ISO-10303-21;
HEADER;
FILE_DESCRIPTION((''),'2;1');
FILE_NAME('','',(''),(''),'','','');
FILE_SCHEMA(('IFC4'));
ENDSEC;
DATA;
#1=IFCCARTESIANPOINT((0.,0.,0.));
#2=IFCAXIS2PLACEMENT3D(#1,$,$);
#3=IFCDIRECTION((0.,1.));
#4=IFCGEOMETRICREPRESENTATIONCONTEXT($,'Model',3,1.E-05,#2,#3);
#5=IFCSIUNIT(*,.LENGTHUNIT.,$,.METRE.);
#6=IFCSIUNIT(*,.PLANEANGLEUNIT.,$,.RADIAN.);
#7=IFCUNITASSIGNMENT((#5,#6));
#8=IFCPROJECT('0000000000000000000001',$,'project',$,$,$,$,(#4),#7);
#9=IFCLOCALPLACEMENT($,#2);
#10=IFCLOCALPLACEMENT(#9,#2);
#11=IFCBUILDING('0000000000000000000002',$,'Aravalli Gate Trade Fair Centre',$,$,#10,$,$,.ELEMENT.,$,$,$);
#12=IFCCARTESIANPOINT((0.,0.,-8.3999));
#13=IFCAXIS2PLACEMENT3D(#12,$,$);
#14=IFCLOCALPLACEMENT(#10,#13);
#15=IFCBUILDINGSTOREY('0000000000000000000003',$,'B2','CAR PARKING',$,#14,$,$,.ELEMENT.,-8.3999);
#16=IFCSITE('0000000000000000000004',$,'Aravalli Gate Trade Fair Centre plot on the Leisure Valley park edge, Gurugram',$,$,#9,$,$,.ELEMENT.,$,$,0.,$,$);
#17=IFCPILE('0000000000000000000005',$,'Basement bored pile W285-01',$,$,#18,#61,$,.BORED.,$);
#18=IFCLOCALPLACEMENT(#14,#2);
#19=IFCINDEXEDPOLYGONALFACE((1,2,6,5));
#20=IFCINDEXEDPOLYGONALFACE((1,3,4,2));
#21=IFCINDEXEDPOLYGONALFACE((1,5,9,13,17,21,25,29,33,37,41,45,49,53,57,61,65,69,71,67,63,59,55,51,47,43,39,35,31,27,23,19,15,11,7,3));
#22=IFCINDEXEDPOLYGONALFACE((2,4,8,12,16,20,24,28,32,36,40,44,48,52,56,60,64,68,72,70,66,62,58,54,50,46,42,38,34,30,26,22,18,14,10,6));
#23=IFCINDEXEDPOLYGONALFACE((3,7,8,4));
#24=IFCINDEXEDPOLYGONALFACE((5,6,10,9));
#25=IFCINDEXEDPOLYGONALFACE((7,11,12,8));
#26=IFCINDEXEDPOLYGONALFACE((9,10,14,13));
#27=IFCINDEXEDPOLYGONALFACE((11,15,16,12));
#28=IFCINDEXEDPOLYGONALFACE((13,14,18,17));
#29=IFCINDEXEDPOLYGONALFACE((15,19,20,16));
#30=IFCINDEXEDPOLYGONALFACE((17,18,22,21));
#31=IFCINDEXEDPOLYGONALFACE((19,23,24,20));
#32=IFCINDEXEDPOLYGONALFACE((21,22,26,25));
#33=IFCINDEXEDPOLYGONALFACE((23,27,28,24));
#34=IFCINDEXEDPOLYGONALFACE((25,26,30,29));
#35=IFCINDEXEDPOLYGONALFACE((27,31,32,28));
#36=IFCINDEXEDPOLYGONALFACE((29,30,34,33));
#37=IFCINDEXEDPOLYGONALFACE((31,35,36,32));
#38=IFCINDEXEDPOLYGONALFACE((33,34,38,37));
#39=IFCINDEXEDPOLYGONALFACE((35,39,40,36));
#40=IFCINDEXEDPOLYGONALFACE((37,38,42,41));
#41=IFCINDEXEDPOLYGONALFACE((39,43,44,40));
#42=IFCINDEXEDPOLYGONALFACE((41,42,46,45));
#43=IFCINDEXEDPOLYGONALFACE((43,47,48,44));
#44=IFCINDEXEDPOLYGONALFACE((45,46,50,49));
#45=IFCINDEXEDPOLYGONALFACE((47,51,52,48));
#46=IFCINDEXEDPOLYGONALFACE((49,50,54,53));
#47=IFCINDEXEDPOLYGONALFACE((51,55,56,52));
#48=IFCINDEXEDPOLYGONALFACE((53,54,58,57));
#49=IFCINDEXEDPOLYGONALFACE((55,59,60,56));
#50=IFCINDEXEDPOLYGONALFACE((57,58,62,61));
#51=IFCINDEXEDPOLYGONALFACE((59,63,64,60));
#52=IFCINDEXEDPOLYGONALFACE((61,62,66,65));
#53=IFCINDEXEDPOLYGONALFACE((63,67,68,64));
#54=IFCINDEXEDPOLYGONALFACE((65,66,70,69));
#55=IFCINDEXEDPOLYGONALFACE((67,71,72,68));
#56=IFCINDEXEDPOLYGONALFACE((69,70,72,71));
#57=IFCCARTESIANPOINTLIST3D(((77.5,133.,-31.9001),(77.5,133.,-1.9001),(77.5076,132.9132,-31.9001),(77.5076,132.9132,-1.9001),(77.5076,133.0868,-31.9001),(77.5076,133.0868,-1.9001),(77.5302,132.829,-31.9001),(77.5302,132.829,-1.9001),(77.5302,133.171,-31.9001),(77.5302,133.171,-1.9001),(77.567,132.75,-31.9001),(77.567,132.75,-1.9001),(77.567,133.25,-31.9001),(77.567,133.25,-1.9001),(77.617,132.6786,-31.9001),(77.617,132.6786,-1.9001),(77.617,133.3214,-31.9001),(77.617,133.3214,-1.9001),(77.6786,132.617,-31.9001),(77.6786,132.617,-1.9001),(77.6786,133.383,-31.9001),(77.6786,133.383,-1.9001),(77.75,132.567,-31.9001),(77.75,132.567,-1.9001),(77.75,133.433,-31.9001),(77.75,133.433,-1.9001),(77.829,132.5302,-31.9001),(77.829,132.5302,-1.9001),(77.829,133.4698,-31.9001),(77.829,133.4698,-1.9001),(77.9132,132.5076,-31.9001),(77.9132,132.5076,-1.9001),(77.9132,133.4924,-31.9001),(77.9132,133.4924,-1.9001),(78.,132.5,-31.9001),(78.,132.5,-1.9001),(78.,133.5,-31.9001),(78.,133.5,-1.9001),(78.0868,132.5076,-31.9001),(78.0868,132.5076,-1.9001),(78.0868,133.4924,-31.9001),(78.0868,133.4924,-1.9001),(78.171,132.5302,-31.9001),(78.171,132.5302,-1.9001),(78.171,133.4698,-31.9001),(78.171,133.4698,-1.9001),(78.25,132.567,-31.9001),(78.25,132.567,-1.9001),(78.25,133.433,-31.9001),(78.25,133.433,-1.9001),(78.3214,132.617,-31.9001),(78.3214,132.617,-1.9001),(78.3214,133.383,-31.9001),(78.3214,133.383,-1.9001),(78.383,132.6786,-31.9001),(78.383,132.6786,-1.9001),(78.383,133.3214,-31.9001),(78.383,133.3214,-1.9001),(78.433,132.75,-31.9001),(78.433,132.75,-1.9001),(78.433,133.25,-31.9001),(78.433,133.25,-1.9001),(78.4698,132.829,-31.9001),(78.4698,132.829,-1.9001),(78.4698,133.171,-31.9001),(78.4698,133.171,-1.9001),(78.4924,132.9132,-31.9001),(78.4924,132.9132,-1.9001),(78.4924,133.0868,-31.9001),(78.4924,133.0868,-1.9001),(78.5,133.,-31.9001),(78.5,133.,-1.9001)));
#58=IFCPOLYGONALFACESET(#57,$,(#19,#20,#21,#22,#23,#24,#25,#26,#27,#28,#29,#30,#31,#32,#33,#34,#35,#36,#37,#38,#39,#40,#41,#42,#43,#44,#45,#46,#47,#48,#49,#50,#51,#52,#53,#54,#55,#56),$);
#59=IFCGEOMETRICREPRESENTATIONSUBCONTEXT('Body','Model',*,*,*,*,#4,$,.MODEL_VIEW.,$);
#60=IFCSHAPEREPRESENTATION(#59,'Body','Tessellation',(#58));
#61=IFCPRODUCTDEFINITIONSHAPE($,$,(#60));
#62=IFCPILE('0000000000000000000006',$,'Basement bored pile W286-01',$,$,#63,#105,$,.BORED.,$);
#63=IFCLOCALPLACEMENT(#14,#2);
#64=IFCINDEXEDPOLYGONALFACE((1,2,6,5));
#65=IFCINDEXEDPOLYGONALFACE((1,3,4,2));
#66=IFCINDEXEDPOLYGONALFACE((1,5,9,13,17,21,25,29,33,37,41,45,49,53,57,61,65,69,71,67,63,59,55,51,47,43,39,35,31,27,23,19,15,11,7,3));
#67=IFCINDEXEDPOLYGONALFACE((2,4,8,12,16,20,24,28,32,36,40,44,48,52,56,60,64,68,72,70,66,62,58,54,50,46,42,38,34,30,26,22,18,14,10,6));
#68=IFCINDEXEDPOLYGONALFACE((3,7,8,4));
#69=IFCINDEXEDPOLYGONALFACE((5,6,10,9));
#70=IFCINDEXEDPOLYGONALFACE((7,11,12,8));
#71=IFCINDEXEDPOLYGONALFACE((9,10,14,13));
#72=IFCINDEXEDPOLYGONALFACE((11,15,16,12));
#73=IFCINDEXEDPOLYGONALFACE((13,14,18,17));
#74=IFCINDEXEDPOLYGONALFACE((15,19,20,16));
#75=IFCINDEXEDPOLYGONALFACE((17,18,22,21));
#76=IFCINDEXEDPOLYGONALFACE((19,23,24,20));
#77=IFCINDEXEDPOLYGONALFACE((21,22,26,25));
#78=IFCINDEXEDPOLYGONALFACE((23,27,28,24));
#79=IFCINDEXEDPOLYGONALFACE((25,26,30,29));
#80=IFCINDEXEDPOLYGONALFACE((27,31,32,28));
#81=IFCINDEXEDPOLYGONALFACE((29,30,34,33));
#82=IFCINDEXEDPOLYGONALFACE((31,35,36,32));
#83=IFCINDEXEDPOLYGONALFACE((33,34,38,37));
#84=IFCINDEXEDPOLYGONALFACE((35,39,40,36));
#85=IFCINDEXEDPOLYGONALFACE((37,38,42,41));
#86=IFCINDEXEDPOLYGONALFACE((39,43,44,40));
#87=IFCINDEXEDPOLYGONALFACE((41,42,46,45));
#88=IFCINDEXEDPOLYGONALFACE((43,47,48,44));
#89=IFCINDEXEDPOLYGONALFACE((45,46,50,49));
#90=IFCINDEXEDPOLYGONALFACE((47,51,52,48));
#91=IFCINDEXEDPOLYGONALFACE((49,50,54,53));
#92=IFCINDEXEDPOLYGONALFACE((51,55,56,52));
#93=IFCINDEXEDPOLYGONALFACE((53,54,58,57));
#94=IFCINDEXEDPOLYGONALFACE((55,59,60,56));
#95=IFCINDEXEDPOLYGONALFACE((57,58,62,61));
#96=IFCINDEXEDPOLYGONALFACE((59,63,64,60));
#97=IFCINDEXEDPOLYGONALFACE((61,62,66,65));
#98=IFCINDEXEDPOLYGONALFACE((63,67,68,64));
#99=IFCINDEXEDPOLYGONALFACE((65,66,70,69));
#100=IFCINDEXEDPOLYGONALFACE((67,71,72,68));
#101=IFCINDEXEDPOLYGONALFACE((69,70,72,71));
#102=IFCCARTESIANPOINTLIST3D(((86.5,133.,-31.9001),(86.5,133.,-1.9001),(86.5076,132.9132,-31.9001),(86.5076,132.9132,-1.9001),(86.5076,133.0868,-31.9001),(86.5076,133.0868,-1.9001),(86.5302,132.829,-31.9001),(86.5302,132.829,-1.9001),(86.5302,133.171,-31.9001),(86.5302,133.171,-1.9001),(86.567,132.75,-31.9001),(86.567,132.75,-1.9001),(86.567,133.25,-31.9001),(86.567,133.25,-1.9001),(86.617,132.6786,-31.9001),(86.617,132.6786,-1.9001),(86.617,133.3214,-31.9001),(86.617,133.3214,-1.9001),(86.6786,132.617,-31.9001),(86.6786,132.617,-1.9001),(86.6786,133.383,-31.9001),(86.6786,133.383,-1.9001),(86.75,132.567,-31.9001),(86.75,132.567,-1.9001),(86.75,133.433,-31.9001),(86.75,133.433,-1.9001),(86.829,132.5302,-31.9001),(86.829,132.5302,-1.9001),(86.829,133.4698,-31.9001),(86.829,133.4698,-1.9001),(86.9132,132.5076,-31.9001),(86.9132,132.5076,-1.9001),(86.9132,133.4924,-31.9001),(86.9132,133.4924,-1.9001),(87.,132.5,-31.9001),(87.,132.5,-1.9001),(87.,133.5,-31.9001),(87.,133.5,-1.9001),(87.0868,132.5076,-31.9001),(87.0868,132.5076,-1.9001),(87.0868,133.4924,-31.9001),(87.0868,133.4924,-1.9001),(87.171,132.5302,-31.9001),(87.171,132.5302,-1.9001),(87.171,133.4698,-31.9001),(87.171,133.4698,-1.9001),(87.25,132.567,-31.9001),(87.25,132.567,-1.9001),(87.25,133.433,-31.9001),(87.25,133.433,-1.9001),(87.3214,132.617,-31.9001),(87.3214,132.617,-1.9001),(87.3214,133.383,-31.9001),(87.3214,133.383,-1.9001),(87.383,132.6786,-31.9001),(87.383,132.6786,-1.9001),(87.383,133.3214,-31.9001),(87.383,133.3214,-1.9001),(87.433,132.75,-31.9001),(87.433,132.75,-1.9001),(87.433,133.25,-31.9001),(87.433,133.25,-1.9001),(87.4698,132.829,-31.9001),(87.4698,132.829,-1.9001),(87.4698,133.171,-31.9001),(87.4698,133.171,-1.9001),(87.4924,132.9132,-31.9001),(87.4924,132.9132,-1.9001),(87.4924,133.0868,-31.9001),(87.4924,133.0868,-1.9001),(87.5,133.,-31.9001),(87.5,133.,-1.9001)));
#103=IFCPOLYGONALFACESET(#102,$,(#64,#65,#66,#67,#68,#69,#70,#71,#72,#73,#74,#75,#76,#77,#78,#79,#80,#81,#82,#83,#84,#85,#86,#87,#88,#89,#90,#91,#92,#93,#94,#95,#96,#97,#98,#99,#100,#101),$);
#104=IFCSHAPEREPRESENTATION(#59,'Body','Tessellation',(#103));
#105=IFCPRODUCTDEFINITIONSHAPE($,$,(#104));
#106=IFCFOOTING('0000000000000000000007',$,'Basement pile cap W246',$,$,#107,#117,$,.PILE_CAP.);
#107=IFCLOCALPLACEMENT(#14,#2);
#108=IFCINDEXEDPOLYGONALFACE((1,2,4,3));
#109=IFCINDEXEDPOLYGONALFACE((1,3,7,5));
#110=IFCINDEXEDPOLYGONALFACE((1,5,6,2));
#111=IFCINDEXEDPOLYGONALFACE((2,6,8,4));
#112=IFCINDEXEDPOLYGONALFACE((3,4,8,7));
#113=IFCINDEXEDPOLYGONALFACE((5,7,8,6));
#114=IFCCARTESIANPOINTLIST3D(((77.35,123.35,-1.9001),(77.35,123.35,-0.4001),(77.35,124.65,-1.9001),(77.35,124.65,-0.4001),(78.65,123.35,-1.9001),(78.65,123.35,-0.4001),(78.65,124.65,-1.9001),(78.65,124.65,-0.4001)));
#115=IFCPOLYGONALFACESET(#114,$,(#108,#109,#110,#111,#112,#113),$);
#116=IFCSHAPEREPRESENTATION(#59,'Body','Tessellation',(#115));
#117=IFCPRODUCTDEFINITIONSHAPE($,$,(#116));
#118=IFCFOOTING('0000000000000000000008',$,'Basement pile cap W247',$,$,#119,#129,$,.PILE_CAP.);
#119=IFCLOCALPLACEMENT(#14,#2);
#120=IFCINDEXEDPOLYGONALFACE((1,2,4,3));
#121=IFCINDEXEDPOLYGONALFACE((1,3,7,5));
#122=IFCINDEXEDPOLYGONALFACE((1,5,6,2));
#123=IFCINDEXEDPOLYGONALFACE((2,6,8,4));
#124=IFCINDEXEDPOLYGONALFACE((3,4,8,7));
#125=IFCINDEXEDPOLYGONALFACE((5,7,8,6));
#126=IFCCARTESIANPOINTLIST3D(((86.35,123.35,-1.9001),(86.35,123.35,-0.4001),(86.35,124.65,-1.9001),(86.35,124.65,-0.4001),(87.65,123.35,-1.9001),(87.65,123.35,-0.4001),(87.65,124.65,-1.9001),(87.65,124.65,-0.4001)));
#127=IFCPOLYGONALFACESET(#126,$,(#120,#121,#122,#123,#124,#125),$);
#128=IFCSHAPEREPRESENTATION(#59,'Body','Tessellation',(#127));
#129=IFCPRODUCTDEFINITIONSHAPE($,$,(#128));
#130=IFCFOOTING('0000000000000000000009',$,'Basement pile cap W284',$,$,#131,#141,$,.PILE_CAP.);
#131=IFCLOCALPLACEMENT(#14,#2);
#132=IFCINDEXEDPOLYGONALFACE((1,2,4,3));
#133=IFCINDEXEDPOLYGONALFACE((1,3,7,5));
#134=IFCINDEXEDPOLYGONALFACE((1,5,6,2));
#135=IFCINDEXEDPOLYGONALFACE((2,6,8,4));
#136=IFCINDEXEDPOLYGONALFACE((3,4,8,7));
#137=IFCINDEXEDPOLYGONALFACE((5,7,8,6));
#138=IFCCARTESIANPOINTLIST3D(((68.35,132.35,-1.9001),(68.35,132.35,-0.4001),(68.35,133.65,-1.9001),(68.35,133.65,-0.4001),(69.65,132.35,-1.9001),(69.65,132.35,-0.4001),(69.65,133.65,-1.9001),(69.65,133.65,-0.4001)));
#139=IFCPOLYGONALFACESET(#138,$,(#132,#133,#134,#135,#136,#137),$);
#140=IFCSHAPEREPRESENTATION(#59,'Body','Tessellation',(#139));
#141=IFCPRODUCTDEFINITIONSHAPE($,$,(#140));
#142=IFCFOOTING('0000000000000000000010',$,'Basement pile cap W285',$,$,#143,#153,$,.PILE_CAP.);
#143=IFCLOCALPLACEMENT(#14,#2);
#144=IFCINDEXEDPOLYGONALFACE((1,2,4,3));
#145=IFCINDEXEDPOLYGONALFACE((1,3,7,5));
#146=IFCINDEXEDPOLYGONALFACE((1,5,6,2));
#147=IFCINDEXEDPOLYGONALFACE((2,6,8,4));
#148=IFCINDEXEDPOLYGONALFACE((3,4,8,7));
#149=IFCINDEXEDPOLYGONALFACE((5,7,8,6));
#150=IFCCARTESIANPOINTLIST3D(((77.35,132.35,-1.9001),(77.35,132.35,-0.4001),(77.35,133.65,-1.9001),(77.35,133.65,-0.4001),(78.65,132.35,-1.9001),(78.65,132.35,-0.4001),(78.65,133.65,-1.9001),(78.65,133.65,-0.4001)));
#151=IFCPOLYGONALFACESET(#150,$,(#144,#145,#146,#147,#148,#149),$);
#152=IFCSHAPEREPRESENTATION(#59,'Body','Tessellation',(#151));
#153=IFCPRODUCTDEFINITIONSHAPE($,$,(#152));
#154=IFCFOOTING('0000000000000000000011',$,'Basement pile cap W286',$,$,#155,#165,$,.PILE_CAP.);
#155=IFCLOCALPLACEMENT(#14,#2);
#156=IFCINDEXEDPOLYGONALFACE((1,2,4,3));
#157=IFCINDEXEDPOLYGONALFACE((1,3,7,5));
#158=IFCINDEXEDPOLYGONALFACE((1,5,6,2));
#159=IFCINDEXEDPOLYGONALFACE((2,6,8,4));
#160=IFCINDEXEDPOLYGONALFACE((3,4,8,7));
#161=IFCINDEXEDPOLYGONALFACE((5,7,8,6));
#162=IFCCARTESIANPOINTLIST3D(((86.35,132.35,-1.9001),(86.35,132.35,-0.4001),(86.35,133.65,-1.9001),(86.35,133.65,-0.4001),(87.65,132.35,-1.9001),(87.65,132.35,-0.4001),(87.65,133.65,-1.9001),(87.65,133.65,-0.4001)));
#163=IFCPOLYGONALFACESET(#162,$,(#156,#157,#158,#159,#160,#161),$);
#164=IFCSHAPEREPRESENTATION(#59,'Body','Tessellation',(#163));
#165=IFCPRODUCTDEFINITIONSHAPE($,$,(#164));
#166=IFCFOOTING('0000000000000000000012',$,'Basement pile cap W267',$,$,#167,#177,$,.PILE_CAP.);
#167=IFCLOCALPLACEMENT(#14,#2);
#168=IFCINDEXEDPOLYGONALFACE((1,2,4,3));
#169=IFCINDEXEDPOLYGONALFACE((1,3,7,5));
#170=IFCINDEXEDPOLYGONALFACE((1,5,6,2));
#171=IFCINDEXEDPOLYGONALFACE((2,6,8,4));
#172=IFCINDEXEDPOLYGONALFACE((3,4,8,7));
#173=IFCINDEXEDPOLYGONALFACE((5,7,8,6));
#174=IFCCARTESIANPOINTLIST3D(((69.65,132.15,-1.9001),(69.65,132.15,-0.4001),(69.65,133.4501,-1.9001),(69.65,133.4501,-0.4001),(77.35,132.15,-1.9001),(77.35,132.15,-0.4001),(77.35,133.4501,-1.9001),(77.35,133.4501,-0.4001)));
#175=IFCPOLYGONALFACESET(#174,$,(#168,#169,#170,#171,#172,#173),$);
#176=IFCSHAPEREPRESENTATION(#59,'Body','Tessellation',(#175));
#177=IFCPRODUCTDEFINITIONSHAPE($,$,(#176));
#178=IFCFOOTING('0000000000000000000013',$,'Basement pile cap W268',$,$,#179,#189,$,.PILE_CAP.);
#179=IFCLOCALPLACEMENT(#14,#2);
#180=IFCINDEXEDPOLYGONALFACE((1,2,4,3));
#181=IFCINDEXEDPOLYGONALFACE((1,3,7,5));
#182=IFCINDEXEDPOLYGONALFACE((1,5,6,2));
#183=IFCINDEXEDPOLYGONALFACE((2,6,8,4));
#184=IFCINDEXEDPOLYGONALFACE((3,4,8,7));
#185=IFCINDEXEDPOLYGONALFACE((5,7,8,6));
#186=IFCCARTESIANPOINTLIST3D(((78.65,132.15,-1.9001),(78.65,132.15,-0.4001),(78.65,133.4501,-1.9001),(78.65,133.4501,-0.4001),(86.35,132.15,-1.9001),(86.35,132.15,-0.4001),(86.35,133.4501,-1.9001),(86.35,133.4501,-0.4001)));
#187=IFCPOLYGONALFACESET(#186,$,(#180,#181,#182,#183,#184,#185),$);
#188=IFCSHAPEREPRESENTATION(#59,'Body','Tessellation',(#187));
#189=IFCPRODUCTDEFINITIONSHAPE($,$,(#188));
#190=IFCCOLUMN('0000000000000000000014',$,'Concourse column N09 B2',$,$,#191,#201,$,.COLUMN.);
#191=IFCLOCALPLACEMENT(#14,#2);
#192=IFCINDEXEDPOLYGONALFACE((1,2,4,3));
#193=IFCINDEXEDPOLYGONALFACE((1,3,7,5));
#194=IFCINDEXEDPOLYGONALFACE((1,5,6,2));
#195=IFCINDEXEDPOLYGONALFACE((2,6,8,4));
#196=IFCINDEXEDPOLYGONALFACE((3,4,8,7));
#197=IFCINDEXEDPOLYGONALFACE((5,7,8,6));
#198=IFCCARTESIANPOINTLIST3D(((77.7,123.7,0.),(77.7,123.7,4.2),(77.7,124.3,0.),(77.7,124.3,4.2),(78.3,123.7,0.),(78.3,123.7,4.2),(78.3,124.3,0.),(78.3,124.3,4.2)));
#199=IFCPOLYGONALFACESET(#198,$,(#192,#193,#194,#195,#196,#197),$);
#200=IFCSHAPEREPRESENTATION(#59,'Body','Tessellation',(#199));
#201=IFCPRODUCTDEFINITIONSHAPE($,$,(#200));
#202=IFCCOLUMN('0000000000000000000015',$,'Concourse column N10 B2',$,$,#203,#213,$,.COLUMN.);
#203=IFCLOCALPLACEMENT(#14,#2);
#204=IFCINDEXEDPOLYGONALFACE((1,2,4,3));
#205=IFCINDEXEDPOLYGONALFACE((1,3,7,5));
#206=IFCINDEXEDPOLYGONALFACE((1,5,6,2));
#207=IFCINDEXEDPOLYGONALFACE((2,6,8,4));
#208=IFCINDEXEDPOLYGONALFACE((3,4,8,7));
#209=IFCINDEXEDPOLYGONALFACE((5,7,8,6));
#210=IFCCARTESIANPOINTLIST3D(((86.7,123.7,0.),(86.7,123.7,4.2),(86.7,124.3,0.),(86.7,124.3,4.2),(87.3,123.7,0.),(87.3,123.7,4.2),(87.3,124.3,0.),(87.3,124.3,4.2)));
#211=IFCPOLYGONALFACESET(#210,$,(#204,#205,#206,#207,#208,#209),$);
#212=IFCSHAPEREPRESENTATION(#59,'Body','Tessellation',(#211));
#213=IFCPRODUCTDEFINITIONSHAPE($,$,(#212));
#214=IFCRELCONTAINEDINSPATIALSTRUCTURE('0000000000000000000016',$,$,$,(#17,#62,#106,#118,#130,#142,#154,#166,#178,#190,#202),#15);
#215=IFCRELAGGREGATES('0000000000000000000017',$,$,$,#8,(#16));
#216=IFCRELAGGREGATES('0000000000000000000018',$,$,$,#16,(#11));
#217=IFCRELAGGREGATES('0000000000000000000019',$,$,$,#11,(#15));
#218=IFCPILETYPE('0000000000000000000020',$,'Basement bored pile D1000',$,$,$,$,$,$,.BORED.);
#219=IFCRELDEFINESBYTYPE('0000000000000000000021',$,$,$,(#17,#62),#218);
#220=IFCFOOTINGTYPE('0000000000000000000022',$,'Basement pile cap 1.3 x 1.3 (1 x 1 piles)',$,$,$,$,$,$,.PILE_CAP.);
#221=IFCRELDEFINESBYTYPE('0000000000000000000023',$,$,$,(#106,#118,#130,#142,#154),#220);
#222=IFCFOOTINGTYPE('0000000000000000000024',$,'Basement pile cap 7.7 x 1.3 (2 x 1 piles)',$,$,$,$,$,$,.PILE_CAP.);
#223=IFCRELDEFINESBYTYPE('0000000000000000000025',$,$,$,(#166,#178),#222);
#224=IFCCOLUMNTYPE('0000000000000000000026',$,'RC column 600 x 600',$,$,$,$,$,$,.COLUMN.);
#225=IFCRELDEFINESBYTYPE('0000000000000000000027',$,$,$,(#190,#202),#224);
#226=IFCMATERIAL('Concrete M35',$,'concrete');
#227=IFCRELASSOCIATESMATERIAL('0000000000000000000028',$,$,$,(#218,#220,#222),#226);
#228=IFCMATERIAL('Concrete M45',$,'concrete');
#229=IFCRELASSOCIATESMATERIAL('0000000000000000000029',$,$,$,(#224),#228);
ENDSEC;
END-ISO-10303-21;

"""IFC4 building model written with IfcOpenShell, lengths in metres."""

from ifc_helpers import new_model, si_unit, direction, frame, origin, origin_2d, place, context, subcontext, project, spatial, rectangle, circle, extrude, material, material_profile, profile_set, type_object, element, save


model = new_model("IFC4")

# Units and contexts
model_context = context("Model", 3, precision=1e-05, world=origin(), true_north=direction((0.0, 1.0)))
body_context = subcontext(model_context, "Body", "Model", "MODEL_VIEW")
ifc_project = project(units=[si_unit("LENGTHUNIT", "METRE"), si_unit("PLANEANGLEUNIT", "RADIAN")], contexts=[model_context])

# Site, building, storey
site_placement = place(None, origin())
site = spatial("IfcSite", under=ifc_project, at=site_placement, Name="Aravalli Gate Trade Fair Centre plot on the Leisure Valley park edge, Gurugram", CompositionType="ELEMENT", RefElevation=0.0)
building_placement = place(site_placement, origin())
building = spatial("IfcBuilding", under=site, at=building_placement, Name="Aravalli Gate Trade Fair Centre", CompositionType="ELEMENT")
storey_placement = place(building_placement, frame((0.0, 0.0, -8.3999)))
storey = spatial("IfcBuildingStorey", under=building, at=storey_placement, Name="B2", Description="CAR PARKING", CompositionType="ELEMENT", Elevation=-8.3999)

# Piles
ifc_material_1 = material(Name="Concrete M35", Category="concrete")
ifc_material_profile_1 = material_profile(ifc_material_1, circle(Radius=0.5, at=origin_2d()), Name="D1000")
ifc_profile_set_1 = profile_set([ifc_material_profile_1], Name="Concrete M35")
pile_type = type_object("IfcPileType", Name="Basement bored pile D1000", PredefinedType="BORED", material=ifc_profile_set_1)
for number, where, z_axis, x_axis, name in (
    (1, (78.0, 133.0, -1.9001), (0.0, 0.0, -1.0), (1.0, 0.0, 0.0), "Basement bored pile W285-01"),
    (2, (87.0, 133.0, -1.9001), (0.0, 0.0, -1.0), (1.0, 0.0, 0.0), "Basement bored pile W286-01"),
):
    element("IfcPile", number, at=place(storey_placement, frame(where, z_axis=z_axis, x_axis=x_axis)), inside=storey, type_object=pile_type, Name=name, PredefinedType="BORED", context=body_context, shape_type="SweptSolid", body=[
        extrude(circle(Radius=0.5, at=origin_2d()), origin(), (0.0, 0.0, 1.0), 30.0),
    ])

# Footings
footing_type_1 = type_object("IfcFootingType", Name="Basement pile cap 1.3 x 1.3 (1 x 1 piles)", PredefinedType="PILE_CAP", material=ifc_material_1)
for number, where, z_axis, x_axis, name in (
    (3, (78.0, 124.0, -1.9001), (0.0, 0.0, 1.0), (1.0, 0.0, 0.0), "Basement pile cap W246"),
    (4, (87.0, 124.0, -1.9001), (0.0, 0.0, 1.0), (1.0, 0.0, 0.0), "Basement pile cap W247"),
    (5, (69.0, 133.0, -1.9001), (0.0, 0.0, 1.0), (1.0, 0.0, 0.0), "Basement pile cap W284"),
    (6, (78.0, 133.0, -1.9001), (0.0, 0.0, 1.0), (1.0, 0.0, 0.0), "Basement pile cap W285"),
    (7, (87.0, 133.0, -1.9001), (0.0, 0.0, 1.0), (1.0, 0.0, 0.0), "Basement pile cap W286"),
):
    element("IfcFooting", number, at=place(storey_placement, frame(where, z_axis=z_axis, x_axis=x_axis)), inside=storey, type_object=footing_type_1, Name=name, PredefinedType="PILE_CAP", context=body_context, shape_type="SweptSolid", body=[
        extrude(rectangle(XDim=1.3, YDim=1.3, at=origin_2d()), origin(), (0.0, 0.0, 1.0), 1.5),
    ])
footing_type_2 = type_object("IfcFootingType", Name="Basement pile cap 7.7 x 1.3 (2 x 1 piles)", PredefinedType="PILE_CAP", material=ifc_material_1)
for number, where, z_axis, x_axis, name in (
    (8, (73.5, 132.8, -1.9001), (0.0, 0.0, 1.0), (1.0, 0.0, 0.0), "Basement pile cap W267"),
    (9, (82.5, 132.8, -1.9001), (0.0, 0.0, 1.0), (1.0, 0.0, 0.0), "Basement pile cap W268"),
):
    element("IfcFooting", number, at=place(storey_placement, frame(where, z_axis=z_axis, x_axis=x_axis)), inside=storey, type_object=footing_type_2, Name=name, PredefinedType="PILE_CAP", context=body_context, shape_type="SweptSolid", body=[
        extrude(rectangle(XDim=7.7, YDim=1.3, at=origin_2d()), origin(), (0.0, 0.0, 1.0), 1.5),
    ])

# Columns
ifc_material_2 = material(Name="Concrete M45", Category="concrete")
ifc_material_profile_2 = material_profile(ifc_material_2, rectangle(XDim=0.6001, YDim=0.6001, at=origin_2d()), Name="RC column 600 x 600")
ifc_profile_set_2 = profile_set([ifc_material_profile_2], Name="Concrete M45")
column_type_1 = type_object("IfcColumnType", Name="RC column 600 x 600", PredefinedType="COLUMN", material=ifc_profile_set_2)
for number, where, z_axis, x_axis, name in (
    (10, (78.0, 124.0, 0.0), (0.0, 0.0, 1.0), (1.0, 0.0, 0.0), "Concourse column N09 B2"),
    (11, (87.0, 124.0, 0.0), (0.0, 0.0, 1.0), (1.0, 0.0, 0.0), "Concourse column N10 B2"),
):
    element("IfcColumn", number, at=place(storey_placement, frame(where, z_axis=z_axis, x_axis=x_axis)), inside=storey, type_object=column_type_1, Name=name, PredefinedType="COLUMN", context=body_context, shape_type="SweptSolid", body=[
        extrude(rectangle(XDim=0.6001, YDim=0.6001, at=origin_2d()), origin(), (0.0, 0.0, 1.0), 4.2),
    ])

save(model, "model.ifc")
